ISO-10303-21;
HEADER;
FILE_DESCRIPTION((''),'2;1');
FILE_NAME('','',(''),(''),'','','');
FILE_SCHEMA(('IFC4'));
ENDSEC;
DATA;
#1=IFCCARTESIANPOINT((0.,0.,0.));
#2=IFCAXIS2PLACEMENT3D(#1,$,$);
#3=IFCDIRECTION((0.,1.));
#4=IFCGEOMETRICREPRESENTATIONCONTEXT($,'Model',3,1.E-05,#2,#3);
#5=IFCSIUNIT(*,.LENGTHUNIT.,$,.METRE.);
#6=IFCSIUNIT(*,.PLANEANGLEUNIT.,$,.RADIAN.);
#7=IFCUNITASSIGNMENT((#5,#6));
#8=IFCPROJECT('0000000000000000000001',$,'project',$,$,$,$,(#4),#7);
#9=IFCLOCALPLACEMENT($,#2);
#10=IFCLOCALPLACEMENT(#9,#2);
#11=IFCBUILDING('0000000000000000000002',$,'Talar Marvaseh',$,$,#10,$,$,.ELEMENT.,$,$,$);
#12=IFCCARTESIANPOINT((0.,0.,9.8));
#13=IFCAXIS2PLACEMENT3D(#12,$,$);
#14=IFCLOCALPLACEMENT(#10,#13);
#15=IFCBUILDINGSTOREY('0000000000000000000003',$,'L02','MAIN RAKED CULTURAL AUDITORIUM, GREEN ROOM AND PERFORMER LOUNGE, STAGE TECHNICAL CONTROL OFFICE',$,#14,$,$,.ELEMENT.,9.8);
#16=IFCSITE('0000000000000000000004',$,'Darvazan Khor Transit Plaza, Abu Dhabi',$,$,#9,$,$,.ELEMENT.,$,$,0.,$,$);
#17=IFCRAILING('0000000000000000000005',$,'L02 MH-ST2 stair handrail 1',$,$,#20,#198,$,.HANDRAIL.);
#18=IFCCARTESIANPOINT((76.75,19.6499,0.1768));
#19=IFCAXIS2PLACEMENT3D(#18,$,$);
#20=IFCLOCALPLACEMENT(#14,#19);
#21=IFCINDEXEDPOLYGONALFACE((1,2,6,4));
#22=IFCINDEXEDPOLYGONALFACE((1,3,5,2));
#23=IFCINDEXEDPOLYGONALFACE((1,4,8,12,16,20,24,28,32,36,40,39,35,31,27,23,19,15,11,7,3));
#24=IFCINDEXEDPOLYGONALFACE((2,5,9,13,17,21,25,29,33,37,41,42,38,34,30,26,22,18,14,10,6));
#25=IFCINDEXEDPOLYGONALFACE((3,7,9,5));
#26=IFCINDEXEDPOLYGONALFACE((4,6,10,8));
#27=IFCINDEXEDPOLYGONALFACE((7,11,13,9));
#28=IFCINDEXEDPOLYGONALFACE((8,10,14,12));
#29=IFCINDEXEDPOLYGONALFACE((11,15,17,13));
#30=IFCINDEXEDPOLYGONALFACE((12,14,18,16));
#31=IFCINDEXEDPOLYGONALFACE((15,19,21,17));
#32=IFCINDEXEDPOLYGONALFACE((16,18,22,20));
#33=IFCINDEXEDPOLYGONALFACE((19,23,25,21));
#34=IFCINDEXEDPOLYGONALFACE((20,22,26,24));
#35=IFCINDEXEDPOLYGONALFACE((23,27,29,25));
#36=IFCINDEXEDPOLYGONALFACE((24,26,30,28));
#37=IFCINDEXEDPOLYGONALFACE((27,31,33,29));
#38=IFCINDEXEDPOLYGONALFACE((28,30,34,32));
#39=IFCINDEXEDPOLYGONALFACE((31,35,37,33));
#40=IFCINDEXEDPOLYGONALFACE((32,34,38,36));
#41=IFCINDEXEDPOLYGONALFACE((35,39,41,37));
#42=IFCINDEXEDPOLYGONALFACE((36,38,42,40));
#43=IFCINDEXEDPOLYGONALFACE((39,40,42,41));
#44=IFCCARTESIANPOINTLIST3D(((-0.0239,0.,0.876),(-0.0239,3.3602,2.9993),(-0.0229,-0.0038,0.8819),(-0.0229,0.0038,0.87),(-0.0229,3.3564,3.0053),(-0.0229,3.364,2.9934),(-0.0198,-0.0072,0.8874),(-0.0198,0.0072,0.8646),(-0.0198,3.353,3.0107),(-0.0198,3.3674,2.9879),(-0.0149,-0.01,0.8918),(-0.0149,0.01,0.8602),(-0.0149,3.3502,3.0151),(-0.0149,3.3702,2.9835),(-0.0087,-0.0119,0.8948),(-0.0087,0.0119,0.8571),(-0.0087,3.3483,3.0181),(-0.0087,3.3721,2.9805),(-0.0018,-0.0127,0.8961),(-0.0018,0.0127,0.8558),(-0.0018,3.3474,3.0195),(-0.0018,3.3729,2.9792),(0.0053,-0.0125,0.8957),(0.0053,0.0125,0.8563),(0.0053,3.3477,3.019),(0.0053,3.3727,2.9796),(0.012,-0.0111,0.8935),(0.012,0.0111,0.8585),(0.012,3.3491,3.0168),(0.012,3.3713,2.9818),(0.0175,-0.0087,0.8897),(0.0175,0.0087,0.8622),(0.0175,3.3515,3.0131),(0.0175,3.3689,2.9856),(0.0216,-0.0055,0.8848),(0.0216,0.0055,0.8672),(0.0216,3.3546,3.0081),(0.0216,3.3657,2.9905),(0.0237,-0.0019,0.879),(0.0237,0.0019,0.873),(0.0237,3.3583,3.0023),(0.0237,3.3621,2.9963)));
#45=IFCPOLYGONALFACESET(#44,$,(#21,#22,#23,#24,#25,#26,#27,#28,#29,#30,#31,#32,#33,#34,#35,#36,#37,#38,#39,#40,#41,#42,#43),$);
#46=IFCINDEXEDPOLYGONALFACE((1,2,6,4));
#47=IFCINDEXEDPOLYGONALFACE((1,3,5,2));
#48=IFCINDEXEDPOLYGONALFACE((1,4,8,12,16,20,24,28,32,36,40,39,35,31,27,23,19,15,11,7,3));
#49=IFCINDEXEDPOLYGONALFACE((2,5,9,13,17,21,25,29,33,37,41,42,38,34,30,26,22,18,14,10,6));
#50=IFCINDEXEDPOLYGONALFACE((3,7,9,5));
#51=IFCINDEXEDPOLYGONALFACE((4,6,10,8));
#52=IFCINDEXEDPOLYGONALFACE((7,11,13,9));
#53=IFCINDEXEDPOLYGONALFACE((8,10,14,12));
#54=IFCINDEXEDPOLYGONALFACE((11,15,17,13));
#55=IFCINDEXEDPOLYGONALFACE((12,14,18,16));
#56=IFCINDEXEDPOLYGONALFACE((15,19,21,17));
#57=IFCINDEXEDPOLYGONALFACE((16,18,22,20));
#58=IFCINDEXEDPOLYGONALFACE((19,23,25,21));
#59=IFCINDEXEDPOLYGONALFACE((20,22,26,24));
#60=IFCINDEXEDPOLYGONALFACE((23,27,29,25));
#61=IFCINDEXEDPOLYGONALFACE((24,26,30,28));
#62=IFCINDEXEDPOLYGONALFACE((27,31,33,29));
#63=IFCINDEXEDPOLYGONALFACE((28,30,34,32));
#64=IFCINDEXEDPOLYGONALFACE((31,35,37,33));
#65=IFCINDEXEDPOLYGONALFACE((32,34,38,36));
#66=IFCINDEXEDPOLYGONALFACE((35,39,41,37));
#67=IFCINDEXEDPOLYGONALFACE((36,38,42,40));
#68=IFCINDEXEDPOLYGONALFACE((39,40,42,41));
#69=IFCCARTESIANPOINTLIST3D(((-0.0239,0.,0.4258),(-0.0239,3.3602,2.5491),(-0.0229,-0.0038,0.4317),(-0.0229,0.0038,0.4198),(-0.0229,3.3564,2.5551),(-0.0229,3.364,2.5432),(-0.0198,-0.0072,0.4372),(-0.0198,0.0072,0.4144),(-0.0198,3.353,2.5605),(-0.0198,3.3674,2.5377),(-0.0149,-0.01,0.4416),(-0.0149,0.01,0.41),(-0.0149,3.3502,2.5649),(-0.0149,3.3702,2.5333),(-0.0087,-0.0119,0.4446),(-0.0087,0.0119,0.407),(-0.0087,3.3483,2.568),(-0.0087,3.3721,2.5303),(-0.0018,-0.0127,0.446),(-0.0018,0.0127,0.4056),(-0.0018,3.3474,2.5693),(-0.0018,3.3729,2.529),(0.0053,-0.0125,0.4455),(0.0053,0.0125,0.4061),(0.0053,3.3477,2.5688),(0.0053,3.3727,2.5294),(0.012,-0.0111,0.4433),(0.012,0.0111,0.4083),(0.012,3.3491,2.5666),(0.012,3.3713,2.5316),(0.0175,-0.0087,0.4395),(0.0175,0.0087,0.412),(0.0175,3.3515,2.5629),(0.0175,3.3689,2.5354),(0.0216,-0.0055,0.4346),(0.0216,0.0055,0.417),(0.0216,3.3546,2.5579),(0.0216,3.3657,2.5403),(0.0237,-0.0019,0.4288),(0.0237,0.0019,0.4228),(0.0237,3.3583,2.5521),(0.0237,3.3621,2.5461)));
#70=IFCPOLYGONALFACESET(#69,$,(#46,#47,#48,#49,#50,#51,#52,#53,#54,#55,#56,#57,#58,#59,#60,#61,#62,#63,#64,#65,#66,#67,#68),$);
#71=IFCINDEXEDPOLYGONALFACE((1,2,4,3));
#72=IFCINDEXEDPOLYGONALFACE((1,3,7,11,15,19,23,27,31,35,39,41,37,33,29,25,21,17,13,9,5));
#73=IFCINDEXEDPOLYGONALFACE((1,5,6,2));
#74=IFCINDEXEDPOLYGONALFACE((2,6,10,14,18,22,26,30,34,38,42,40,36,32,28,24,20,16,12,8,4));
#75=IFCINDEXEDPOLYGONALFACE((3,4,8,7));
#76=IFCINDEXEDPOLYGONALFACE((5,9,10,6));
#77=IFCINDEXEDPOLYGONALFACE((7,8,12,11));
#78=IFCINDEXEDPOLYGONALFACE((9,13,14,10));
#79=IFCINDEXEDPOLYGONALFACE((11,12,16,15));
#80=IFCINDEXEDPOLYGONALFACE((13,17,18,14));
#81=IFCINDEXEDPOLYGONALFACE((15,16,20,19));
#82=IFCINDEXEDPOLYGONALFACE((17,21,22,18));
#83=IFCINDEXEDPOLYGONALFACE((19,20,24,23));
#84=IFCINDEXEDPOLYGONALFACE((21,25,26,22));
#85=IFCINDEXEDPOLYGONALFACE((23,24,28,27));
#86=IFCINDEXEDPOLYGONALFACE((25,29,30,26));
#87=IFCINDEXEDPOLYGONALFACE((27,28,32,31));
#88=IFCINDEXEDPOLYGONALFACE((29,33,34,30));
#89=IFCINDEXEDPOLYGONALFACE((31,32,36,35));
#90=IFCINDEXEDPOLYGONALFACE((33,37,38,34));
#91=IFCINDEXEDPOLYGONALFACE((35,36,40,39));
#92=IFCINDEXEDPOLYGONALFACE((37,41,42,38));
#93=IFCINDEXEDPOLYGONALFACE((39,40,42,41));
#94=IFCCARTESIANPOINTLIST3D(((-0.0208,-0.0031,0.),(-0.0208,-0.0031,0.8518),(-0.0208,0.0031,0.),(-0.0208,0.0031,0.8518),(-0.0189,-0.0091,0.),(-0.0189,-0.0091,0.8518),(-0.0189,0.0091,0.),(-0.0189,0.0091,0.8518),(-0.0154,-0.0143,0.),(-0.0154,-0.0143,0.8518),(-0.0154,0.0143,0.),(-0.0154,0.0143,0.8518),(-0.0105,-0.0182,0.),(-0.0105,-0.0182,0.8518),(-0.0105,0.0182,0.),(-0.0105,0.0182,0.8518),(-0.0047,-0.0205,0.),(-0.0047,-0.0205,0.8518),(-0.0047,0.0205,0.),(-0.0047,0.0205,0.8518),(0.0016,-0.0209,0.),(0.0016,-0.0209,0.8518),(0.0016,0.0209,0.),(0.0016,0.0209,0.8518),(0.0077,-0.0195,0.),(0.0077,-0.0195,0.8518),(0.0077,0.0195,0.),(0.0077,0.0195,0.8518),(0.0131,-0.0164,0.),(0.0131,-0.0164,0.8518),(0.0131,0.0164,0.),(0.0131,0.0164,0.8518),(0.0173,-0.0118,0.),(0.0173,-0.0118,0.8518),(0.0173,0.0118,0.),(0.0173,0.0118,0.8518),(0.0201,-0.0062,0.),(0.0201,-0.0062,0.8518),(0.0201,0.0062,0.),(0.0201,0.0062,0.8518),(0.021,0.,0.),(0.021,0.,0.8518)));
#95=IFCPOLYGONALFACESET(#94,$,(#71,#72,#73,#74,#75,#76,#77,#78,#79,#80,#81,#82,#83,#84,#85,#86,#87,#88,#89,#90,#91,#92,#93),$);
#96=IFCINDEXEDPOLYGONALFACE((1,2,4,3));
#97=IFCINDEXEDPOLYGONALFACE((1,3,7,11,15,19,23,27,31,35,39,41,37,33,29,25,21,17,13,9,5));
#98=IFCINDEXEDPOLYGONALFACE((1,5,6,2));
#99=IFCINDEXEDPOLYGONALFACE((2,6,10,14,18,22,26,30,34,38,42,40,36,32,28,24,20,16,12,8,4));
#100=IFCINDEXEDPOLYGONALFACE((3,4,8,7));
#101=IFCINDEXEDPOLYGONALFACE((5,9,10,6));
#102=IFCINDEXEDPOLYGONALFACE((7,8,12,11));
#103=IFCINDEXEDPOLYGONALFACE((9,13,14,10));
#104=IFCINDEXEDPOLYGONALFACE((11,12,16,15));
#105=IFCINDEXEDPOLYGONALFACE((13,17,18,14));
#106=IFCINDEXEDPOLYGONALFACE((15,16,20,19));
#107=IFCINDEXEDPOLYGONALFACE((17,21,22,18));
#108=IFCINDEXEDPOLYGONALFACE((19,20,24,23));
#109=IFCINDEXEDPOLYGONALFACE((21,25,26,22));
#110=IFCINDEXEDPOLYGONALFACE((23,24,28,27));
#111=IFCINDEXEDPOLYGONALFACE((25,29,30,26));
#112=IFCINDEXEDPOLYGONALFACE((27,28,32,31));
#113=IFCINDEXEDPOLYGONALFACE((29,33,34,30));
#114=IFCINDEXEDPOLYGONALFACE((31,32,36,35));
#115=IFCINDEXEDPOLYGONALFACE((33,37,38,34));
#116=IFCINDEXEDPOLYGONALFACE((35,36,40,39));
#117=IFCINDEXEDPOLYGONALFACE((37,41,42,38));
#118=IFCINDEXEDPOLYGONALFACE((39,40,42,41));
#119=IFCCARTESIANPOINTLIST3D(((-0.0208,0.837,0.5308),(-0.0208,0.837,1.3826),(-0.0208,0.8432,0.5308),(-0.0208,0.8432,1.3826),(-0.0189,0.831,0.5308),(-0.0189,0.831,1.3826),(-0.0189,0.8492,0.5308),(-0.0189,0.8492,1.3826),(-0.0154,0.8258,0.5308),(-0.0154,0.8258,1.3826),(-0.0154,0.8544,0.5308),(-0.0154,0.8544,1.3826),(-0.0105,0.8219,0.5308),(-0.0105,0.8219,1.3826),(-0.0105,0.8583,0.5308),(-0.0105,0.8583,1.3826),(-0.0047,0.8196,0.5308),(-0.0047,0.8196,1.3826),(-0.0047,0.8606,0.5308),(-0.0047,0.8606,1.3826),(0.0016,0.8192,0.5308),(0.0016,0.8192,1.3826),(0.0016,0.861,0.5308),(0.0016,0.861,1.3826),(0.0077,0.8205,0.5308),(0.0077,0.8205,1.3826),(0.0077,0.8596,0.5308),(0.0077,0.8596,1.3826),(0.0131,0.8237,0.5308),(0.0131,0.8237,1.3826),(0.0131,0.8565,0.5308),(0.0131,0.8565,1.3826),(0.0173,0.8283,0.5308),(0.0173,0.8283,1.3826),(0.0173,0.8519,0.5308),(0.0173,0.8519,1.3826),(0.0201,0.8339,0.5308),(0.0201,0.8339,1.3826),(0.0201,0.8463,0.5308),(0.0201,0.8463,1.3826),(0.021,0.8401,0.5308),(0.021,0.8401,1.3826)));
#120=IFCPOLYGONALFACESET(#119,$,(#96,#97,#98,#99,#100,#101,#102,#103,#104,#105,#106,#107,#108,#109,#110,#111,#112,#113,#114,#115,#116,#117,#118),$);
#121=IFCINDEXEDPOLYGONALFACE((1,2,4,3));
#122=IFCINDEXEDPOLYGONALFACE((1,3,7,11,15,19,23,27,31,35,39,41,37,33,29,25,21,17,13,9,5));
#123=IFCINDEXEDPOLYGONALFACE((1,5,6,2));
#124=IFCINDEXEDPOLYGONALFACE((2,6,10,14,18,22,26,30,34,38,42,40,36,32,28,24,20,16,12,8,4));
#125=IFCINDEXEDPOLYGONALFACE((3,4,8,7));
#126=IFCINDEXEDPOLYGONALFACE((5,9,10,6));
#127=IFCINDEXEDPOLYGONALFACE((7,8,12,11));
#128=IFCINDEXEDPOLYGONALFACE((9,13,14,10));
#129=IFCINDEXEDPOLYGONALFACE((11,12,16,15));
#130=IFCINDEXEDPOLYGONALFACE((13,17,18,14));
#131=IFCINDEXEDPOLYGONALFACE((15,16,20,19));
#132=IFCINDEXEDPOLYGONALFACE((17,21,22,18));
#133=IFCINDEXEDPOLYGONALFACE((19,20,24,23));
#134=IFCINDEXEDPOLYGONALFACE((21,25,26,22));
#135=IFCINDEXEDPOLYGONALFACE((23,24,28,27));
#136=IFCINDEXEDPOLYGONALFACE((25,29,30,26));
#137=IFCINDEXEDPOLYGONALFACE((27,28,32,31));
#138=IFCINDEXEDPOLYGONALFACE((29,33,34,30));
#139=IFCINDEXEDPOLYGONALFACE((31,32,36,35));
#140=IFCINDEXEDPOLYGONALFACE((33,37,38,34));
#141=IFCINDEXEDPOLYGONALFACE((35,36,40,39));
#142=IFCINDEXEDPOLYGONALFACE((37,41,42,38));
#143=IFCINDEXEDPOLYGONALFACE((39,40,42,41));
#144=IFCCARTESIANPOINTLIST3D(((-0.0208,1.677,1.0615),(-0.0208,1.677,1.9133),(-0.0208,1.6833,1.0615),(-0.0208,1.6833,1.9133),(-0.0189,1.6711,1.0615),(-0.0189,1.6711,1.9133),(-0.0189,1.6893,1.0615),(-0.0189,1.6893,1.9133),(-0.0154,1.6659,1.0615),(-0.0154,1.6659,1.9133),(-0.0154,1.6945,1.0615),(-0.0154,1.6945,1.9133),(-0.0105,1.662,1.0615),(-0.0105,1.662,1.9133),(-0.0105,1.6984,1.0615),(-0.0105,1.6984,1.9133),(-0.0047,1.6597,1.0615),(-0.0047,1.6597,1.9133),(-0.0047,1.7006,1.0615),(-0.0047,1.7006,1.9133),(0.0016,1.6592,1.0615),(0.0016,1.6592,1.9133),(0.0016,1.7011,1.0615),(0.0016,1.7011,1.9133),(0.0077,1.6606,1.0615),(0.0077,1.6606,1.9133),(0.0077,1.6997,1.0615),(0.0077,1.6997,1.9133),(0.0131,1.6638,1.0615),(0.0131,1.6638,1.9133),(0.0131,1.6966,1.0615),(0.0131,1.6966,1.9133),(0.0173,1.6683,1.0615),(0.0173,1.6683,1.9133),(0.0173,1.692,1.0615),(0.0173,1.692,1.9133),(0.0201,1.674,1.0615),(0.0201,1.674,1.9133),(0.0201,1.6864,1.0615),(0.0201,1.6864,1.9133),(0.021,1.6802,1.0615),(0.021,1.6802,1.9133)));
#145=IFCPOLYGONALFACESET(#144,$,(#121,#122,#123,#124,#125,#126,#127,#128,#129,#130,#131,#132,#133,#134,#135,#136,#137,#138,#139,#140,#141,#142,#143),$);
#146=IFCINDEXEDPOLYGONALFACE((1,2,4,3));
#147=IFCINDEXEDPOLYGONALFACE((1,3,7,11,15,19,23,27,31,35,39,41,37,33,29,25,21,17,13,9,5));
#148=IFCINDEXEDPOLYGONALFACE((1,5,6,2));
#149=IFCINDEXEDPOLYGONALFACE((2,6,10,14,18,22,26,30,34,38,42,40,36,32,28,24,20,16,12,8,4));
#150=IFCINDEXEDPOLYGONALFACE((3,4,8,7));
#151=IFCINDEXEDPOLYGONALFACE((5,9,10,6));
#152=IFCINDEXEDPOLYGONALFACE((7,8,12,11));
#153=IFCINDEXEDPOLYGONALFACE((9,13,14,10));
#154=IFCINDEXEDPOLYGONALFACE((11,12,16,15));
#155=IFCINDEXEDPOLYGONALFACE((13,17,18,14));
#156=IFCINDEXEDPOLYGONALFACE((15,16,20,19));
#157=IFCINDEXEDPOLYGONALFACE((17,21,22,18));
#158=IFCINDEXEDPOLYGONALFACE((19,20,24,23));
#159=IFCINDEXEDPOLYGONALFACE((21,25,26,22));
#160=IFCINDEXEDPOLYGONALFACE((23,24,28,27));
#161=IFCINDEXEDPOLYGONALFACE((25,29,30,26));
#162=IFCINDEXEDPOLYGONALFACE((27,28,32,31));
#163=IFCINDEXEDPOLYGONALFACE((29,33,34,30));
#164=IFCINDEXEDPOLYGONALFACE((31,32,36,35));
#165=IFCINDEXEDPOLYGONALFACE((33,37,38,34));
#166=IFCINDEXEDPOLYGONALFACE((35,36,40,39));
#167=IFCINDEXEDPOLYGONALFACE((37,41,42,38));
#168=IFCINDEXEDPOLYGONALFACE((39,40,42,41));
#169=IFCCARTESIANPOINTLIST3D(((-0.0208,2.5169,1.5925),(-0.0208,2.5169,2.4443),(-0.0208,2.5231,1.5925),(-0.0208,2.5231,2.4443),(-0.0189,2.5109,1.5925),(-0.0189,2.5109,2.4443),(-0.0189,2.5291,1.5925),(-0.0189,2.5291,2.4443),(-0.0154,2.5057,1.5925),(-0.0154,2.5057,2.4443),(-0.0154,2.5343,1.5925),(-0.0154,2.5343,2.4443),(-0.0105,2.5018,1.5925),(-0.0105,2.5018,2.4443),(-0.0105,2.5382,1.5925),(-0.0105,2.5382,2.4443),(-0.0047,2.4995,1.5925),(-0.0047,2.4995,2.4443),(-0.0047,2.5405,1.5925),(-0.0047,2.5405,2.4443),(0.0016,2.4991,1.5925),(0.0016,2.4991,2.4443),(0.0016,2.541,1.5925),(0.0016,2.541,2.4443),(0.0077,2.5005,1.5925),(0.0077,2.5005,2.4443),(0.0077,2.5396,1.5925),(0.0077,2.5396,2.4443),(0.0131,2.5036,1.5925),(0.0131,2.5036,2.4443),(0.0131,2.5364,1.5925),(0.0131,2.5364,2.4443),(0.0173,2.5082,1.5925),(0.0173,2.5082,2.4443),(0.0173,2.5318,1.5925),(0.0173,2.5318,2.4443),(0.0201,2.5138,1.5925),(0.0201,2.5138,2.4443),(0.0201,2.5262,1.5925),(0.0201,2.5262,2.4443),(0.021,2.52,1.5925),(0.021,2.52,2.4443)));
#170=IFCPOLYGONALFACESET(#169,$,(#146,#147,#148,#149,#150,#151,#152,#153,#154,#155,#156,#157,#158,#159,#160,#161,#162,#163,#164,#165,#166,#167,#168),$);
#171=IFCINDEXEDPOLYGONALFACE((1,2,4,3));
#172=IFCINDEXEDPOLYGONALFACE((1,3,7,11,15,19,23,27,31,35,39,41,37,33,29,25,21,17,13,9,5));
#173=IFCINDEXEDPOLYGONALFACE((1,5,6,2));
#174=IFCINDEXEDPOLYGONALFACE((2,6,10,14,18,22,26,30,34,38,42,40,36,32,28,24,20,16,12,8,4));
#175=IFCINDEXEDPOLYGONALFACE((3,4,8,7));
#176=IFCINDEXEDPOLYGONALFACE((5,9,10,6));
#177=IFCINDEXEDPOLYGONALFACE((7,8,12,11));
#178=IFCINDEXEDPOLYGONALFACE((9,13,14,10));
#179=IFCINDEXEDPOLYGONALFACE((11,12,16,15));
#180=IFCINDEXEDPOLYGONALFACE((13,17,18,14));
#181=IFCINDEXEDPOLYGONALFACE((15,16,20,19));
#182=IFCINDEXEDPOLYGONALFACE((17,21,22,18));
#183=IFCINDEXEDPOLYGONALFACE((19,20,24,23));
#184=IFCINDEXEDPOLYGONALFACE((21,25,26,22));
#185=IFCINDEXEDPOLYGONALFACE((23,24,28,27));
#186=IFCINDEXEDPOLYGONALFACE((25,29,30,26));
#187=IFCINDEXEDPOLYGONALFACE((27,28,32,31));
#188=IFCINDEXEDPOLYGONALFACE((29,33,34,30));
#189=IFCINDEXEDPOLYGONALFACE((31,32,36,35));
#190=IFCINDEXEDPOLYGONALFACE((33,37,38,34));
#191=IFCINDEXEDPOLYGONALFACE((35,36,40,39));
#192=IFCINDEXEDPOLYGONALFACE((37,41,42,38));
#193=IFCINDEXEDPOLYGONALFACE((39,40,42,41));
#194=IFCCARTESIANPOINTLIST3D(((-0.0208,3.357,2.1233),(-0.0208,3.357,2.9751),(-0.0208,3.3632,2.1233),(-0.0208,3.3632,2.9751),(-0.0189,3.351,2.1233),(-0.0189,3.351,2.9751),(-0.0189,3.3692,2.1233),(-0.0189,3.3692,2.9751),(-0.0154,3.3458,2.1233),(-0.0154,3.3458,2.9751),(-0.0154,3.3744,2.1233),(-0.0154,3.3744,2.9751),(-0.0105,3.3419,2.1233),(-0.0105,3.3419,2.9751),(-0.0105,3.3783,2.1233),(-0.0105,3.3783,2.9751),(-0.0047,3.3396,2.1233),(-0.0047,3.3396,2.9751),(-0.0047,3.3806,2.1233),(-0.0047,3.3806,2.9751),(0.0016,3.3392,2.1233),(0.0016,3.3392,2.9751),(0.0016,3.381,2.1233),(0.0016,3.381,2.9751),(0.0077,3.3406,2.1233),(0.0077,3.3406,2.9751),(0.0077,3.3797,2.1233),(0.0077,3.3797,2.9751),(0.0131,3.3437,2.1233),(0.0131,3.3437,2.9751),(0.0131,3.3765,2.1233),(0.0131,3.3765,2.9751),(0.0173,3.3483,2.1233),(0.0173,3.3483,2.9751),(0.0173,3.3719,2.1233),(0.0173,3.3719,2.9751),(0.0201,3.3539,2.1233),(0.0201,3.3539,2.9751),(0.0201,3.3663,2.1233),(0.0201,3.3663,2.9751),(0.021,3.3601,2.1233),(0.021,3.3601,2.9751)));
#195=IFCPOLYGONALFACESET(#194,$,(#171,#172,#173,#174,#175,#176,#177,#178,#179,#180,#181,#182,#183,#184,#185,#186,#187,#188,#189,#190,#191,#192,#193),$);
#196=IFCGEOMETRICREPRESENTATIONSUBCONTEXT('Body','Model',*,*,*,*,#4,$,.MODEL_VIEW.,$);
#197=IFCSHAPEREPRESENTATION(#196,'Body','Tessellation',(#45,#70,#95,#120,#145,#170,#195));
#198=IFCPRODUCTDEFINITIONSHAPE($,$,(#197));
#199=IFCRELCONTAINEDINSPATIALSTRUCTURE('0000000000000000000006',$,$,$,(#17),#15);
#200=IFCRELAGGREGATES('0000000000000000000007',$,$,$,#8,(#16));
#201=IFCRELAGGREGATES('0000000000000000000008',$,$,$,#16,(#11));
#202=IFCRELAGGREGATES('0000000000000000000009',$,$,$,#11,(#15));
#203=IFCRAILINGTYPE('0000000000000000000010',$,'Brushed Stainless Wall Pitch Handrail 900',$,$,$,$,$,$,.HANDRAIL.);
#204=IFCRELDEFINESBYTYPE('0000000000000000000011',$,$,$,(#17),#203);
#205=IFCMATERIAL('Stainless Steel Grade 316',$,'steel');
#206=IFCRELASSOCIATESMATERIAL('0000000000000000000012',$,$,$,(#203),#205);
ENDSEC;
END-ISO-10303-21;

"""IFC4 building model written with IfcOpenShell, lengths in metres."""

from ifc_helpers import new_model, si_unit, direction, frame, origin, origin_2d, place, context, subcontext, project, spatial, circle, extrude, material, type_object, element, save


model = new_model("IFC4")

# Units and contexts
model_context = context("Model", 3, precision=1e-05, world=origin(), true_north=direction((0.0, 1.0)))
body_context = subcontext(model_context, "Body", "Model", "MODEL_VIEW")
ifc_project = project(units=[si_unit("LENGTHUNIT", "METRE"), si_unit("PLANEANGLEUNIT", "RADIAN")], contexts=[model_context])

# Site, building, storey
site_placement = place(None, origin())
site = spatial("IfcSite", under=ifc_project, at=site_placement, Name="Darvazan Khor Transit Plaza, Abu Dhabi", CompositionType="ELEMENT", RefElevation=0.0)
building_placement = place(site_placement, origin())
building = spatial("IfcBuilding", under=site, at=building_placement, Name="Talar Marvaseh", CompositionType="ELEMENT")
storey_placement = place(building_placement, frame((0.0, 0.0, 9.8)))
storey = spatial("IfcBuildingStorey", under=building, at=storey_placement, Name="L02", Description="MAIN RAKED CULTURAL AUDITORIUM, GREEN ROOM AND PERFORMER LOUNGE, STAGE TECHNICAL CONTROL OFFICE", CompositionType="ELEMENT", Elevation=9.8)

# Railing
ifc_material_1 = material(Name="Stainless Steel Grade 316", Category="steel")
railing_type_1 = type_object("IfcRailingType", Name="Brushed Stainless Wall Pitch Handrail 900", PredefinedType="HANDRAIL", material=ifc_material_1)
railing_1_placement = place(storey_placement, frame((76.75, 19.6499, 0.1768)))
element("IfcRailing", 1, at=railing_1_placement, inside=storey, type_object=railing_type_1, Name="L02 MH-ST2 stair handrail 1", PredefinedType="HANDRAIL", context=body_context, shape_type="SweptSolid", body=[
    extrude(circle(Radius=0.0239, at=origin_2d()), frame((0.0, 0.0, 0.876), z_axis=(0.0, 0.845362, 0.534194), x_axis=(-1.0, 0.0, 0.0)), (0.0, 0.0, 1.0), 3.9749),
    extrude(circle(Radius=0.0239, at=origin_2d()), frame((0.0, 0.0, 0.4258), z_axis=(0.0, 0.845362, 0.534194), x_axis=(-1.0, 0.0, 0.0)), (0.0, 0.0, 1.0), 3.9749),
    extrude(circle(Radius=0.021, at=origin_2d()), origin(), (0.0, 0.0, 1.0), 0.8518),
    extrude(circle(Radius=0.021, at=origin_2d()), frame((0.0, 0.8401, 0.5308)), (0.0, 0.0, 1.0), 0.8518),
    extrude(circle(Radius=0.021, at=origin_2d()), frame((0.0, 1.6802, 1.0615)), (0.0, 0.0, 1.0), 0.8518),
    extrude(circle(Radius=0.021, at=origin_2d()), frame((0.0, 2.52, 1.5925)), (0.0, 0.0, 1.0), 0.8518),
    extrude(circle(Radius=0.021, at=origin_2d()), frame((0.0, 3.3601, 2.1233)), (0.0, 0.0, 1.0), 0.8518),
])

save(model, "model.ifc")
